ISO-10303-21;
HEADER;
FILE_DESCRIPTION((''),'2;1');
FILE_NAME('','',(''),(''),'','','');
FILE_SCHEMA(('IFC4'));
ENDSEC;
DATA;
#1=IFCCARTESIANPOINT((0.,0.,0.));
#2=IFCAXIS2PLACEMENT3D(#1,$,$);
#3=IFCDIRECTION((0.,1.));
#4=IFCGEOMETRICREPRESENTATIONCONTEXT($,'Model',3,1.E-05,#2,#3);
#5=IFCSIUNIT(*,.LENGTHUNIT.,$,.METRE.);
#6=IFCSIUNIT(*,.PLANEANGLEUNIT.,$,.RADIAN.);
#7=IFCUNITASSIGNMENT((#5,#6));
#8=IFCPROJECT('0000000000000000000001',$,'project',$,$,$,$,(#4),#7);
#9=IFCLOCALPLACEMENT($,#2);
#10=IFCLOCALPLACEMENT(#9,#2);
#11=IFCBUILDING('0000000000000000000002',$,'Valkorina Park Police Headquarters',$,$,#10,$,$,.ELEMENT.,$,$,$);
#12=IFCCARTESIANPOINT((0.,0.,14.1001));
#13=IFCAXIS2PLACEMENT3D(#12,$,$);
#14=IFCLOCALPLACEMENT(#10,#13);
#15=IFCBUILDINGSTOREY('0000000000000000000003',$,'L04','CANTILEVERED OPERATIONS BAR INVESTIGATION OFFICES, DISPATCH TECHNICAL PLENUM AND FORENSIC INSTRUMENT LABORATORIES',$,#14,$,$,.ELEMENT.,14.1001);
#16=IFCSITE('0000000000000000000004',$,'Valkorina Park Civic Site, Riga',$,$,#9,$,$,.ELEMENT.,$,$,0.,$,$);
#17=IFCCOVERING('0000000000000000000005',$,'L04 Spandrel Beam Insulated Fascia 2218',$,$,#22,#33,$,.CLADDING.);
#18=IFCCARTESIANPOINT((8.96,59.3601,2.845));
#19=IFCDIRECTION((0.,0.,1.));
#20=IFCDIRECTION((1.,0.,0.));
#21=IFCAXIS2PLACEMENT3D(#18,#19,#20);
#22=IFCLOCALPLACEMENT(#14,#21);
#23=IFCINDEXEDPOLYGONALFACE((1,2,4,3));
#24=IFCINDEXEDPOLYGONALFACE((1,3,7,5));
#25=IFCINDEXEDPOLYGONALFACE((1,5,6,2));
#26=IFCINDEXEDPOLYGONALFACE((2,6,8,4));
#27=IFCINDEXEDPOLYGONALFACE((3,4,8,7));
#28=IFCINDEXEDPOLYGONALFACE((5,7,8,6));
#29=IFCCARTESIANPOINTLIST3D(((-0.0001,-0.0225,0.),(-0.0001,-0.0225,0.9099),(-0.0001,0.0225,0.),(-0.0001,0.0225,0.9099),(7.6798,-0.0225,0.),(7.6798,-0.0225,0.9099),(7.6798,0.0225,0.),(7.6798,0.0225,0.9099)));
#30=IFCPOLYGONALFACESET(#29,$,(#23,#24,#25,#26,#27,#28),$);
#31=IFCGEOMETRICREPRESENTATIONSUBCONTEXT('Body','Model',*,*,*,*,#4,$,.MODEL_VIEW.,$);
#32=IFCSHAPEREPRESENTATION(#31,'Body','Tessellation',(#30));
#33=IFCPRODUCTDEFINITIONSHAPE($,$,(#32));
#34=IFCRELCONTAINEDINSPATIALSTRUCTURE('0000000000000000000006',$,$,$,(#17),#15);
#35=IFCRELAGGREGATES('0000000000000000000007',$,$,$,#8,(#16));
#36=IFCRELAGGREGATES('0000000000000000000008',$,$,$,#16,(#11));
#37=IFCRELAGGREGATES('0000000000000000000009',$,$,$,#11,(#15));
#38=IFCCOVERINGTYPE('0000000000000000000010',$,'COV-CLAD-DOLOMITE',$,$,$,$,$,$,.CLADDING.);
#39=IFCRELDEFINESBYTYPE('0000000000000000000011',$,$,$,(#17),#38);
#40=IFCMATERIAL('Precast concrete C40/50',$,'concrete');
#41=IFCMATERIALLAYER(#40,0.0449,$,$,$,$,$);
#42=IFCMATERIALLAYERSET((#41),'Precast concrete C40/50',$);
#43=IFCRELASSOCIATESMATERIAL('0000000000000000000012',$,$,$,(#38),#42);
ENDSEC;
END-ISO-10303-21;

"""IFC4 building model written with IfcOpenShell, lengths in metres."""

from ifc_helpers import new_model, si_unit, direction, frame, frame_2d, origin, place, context, subcontext, project, spatial, rectangle, extrude, material, layer, layer_set, type_object, element, save


model = new_model("IFC4")

# Units and contexts
model_context = context("Model", 3, precision=1e-05, world=origin(), true_north=direction((0.0, 1.0)))
body_context = subcontext(model_context, "Body", "Model", "MODEL_VIEW")
ifc_project = project(units=[si_unit("LENGTHUNIT", "METRE"), si_unit("PLANEANGLEUNIT", "RADIAN")], contexts=[model_context])

# Site, building, storey
site_placement = place(None, origin())
site = spatial("IfcSite", under=ifc_project, at=site_placement, Name="Valkorina Park Civic Site, Riga", CompositionType="ELEMENT", RefElevation=0.0)
building_placement = place(site_placement, origin())
building = spatial("IfcBuilding", under=site, at=building_placement, Name="Valkorina Park Police Headquarters", CompositionType="ELEMENT")
storey_placement = place(building_placement, frame((0.0, 0.0, 14.1001)))
storey = spatial("IfcBuildingStorey", under=building, at=storey_placement, Name="L04", Description="CANTILEVERED OPERATIONS BAR INVESTIGATION OFFICES, DISPATCH TECHNICAL PLENUM AND FORENSIC INSTRUMENT LABORATORIES", CompositionType="ELEMENT", Elevation=14.1001)

# Covering
ifc_material_1 = material(Name="Precast concrete C40/50", Category="concrete")
ifc_layer_1 = layer(ifc_material_1, 0.0449)
ifc_layer_set_1 = layer_set([ifc_layer_1], Name="Precast concrete C40/50")
covering_type_1 = type_object("IfcCoveringType", Name="COV-CLAD-DOLOMITE", PredefinedType="CLADDING", material=ifc_layer_set_1)
covering_1_placement = place(storey_placement, frame((8.96, 59.3601, 2.845), z_axis=(0.0, 0.0, 1.0), x_axis=(1.0, 0.0, 0.0)))
element("IfcCovering", 1, at=covering_1_placement, inside=storey, type_object=covering_type_1, Name="L04 Spandrel Beam Insulated Fascia 2218", PredefinedType="CLADDING", context=body_context, shape_type="SweptSolid", body=[
    extrude(rectangle(XDim=7.6799, YDim=0.0449, at=frame_2d((3.8398, 0.0))), origin(), (0.0, 0.0, 1.0), 0.9099),
])

save(model, "model.ifc")
